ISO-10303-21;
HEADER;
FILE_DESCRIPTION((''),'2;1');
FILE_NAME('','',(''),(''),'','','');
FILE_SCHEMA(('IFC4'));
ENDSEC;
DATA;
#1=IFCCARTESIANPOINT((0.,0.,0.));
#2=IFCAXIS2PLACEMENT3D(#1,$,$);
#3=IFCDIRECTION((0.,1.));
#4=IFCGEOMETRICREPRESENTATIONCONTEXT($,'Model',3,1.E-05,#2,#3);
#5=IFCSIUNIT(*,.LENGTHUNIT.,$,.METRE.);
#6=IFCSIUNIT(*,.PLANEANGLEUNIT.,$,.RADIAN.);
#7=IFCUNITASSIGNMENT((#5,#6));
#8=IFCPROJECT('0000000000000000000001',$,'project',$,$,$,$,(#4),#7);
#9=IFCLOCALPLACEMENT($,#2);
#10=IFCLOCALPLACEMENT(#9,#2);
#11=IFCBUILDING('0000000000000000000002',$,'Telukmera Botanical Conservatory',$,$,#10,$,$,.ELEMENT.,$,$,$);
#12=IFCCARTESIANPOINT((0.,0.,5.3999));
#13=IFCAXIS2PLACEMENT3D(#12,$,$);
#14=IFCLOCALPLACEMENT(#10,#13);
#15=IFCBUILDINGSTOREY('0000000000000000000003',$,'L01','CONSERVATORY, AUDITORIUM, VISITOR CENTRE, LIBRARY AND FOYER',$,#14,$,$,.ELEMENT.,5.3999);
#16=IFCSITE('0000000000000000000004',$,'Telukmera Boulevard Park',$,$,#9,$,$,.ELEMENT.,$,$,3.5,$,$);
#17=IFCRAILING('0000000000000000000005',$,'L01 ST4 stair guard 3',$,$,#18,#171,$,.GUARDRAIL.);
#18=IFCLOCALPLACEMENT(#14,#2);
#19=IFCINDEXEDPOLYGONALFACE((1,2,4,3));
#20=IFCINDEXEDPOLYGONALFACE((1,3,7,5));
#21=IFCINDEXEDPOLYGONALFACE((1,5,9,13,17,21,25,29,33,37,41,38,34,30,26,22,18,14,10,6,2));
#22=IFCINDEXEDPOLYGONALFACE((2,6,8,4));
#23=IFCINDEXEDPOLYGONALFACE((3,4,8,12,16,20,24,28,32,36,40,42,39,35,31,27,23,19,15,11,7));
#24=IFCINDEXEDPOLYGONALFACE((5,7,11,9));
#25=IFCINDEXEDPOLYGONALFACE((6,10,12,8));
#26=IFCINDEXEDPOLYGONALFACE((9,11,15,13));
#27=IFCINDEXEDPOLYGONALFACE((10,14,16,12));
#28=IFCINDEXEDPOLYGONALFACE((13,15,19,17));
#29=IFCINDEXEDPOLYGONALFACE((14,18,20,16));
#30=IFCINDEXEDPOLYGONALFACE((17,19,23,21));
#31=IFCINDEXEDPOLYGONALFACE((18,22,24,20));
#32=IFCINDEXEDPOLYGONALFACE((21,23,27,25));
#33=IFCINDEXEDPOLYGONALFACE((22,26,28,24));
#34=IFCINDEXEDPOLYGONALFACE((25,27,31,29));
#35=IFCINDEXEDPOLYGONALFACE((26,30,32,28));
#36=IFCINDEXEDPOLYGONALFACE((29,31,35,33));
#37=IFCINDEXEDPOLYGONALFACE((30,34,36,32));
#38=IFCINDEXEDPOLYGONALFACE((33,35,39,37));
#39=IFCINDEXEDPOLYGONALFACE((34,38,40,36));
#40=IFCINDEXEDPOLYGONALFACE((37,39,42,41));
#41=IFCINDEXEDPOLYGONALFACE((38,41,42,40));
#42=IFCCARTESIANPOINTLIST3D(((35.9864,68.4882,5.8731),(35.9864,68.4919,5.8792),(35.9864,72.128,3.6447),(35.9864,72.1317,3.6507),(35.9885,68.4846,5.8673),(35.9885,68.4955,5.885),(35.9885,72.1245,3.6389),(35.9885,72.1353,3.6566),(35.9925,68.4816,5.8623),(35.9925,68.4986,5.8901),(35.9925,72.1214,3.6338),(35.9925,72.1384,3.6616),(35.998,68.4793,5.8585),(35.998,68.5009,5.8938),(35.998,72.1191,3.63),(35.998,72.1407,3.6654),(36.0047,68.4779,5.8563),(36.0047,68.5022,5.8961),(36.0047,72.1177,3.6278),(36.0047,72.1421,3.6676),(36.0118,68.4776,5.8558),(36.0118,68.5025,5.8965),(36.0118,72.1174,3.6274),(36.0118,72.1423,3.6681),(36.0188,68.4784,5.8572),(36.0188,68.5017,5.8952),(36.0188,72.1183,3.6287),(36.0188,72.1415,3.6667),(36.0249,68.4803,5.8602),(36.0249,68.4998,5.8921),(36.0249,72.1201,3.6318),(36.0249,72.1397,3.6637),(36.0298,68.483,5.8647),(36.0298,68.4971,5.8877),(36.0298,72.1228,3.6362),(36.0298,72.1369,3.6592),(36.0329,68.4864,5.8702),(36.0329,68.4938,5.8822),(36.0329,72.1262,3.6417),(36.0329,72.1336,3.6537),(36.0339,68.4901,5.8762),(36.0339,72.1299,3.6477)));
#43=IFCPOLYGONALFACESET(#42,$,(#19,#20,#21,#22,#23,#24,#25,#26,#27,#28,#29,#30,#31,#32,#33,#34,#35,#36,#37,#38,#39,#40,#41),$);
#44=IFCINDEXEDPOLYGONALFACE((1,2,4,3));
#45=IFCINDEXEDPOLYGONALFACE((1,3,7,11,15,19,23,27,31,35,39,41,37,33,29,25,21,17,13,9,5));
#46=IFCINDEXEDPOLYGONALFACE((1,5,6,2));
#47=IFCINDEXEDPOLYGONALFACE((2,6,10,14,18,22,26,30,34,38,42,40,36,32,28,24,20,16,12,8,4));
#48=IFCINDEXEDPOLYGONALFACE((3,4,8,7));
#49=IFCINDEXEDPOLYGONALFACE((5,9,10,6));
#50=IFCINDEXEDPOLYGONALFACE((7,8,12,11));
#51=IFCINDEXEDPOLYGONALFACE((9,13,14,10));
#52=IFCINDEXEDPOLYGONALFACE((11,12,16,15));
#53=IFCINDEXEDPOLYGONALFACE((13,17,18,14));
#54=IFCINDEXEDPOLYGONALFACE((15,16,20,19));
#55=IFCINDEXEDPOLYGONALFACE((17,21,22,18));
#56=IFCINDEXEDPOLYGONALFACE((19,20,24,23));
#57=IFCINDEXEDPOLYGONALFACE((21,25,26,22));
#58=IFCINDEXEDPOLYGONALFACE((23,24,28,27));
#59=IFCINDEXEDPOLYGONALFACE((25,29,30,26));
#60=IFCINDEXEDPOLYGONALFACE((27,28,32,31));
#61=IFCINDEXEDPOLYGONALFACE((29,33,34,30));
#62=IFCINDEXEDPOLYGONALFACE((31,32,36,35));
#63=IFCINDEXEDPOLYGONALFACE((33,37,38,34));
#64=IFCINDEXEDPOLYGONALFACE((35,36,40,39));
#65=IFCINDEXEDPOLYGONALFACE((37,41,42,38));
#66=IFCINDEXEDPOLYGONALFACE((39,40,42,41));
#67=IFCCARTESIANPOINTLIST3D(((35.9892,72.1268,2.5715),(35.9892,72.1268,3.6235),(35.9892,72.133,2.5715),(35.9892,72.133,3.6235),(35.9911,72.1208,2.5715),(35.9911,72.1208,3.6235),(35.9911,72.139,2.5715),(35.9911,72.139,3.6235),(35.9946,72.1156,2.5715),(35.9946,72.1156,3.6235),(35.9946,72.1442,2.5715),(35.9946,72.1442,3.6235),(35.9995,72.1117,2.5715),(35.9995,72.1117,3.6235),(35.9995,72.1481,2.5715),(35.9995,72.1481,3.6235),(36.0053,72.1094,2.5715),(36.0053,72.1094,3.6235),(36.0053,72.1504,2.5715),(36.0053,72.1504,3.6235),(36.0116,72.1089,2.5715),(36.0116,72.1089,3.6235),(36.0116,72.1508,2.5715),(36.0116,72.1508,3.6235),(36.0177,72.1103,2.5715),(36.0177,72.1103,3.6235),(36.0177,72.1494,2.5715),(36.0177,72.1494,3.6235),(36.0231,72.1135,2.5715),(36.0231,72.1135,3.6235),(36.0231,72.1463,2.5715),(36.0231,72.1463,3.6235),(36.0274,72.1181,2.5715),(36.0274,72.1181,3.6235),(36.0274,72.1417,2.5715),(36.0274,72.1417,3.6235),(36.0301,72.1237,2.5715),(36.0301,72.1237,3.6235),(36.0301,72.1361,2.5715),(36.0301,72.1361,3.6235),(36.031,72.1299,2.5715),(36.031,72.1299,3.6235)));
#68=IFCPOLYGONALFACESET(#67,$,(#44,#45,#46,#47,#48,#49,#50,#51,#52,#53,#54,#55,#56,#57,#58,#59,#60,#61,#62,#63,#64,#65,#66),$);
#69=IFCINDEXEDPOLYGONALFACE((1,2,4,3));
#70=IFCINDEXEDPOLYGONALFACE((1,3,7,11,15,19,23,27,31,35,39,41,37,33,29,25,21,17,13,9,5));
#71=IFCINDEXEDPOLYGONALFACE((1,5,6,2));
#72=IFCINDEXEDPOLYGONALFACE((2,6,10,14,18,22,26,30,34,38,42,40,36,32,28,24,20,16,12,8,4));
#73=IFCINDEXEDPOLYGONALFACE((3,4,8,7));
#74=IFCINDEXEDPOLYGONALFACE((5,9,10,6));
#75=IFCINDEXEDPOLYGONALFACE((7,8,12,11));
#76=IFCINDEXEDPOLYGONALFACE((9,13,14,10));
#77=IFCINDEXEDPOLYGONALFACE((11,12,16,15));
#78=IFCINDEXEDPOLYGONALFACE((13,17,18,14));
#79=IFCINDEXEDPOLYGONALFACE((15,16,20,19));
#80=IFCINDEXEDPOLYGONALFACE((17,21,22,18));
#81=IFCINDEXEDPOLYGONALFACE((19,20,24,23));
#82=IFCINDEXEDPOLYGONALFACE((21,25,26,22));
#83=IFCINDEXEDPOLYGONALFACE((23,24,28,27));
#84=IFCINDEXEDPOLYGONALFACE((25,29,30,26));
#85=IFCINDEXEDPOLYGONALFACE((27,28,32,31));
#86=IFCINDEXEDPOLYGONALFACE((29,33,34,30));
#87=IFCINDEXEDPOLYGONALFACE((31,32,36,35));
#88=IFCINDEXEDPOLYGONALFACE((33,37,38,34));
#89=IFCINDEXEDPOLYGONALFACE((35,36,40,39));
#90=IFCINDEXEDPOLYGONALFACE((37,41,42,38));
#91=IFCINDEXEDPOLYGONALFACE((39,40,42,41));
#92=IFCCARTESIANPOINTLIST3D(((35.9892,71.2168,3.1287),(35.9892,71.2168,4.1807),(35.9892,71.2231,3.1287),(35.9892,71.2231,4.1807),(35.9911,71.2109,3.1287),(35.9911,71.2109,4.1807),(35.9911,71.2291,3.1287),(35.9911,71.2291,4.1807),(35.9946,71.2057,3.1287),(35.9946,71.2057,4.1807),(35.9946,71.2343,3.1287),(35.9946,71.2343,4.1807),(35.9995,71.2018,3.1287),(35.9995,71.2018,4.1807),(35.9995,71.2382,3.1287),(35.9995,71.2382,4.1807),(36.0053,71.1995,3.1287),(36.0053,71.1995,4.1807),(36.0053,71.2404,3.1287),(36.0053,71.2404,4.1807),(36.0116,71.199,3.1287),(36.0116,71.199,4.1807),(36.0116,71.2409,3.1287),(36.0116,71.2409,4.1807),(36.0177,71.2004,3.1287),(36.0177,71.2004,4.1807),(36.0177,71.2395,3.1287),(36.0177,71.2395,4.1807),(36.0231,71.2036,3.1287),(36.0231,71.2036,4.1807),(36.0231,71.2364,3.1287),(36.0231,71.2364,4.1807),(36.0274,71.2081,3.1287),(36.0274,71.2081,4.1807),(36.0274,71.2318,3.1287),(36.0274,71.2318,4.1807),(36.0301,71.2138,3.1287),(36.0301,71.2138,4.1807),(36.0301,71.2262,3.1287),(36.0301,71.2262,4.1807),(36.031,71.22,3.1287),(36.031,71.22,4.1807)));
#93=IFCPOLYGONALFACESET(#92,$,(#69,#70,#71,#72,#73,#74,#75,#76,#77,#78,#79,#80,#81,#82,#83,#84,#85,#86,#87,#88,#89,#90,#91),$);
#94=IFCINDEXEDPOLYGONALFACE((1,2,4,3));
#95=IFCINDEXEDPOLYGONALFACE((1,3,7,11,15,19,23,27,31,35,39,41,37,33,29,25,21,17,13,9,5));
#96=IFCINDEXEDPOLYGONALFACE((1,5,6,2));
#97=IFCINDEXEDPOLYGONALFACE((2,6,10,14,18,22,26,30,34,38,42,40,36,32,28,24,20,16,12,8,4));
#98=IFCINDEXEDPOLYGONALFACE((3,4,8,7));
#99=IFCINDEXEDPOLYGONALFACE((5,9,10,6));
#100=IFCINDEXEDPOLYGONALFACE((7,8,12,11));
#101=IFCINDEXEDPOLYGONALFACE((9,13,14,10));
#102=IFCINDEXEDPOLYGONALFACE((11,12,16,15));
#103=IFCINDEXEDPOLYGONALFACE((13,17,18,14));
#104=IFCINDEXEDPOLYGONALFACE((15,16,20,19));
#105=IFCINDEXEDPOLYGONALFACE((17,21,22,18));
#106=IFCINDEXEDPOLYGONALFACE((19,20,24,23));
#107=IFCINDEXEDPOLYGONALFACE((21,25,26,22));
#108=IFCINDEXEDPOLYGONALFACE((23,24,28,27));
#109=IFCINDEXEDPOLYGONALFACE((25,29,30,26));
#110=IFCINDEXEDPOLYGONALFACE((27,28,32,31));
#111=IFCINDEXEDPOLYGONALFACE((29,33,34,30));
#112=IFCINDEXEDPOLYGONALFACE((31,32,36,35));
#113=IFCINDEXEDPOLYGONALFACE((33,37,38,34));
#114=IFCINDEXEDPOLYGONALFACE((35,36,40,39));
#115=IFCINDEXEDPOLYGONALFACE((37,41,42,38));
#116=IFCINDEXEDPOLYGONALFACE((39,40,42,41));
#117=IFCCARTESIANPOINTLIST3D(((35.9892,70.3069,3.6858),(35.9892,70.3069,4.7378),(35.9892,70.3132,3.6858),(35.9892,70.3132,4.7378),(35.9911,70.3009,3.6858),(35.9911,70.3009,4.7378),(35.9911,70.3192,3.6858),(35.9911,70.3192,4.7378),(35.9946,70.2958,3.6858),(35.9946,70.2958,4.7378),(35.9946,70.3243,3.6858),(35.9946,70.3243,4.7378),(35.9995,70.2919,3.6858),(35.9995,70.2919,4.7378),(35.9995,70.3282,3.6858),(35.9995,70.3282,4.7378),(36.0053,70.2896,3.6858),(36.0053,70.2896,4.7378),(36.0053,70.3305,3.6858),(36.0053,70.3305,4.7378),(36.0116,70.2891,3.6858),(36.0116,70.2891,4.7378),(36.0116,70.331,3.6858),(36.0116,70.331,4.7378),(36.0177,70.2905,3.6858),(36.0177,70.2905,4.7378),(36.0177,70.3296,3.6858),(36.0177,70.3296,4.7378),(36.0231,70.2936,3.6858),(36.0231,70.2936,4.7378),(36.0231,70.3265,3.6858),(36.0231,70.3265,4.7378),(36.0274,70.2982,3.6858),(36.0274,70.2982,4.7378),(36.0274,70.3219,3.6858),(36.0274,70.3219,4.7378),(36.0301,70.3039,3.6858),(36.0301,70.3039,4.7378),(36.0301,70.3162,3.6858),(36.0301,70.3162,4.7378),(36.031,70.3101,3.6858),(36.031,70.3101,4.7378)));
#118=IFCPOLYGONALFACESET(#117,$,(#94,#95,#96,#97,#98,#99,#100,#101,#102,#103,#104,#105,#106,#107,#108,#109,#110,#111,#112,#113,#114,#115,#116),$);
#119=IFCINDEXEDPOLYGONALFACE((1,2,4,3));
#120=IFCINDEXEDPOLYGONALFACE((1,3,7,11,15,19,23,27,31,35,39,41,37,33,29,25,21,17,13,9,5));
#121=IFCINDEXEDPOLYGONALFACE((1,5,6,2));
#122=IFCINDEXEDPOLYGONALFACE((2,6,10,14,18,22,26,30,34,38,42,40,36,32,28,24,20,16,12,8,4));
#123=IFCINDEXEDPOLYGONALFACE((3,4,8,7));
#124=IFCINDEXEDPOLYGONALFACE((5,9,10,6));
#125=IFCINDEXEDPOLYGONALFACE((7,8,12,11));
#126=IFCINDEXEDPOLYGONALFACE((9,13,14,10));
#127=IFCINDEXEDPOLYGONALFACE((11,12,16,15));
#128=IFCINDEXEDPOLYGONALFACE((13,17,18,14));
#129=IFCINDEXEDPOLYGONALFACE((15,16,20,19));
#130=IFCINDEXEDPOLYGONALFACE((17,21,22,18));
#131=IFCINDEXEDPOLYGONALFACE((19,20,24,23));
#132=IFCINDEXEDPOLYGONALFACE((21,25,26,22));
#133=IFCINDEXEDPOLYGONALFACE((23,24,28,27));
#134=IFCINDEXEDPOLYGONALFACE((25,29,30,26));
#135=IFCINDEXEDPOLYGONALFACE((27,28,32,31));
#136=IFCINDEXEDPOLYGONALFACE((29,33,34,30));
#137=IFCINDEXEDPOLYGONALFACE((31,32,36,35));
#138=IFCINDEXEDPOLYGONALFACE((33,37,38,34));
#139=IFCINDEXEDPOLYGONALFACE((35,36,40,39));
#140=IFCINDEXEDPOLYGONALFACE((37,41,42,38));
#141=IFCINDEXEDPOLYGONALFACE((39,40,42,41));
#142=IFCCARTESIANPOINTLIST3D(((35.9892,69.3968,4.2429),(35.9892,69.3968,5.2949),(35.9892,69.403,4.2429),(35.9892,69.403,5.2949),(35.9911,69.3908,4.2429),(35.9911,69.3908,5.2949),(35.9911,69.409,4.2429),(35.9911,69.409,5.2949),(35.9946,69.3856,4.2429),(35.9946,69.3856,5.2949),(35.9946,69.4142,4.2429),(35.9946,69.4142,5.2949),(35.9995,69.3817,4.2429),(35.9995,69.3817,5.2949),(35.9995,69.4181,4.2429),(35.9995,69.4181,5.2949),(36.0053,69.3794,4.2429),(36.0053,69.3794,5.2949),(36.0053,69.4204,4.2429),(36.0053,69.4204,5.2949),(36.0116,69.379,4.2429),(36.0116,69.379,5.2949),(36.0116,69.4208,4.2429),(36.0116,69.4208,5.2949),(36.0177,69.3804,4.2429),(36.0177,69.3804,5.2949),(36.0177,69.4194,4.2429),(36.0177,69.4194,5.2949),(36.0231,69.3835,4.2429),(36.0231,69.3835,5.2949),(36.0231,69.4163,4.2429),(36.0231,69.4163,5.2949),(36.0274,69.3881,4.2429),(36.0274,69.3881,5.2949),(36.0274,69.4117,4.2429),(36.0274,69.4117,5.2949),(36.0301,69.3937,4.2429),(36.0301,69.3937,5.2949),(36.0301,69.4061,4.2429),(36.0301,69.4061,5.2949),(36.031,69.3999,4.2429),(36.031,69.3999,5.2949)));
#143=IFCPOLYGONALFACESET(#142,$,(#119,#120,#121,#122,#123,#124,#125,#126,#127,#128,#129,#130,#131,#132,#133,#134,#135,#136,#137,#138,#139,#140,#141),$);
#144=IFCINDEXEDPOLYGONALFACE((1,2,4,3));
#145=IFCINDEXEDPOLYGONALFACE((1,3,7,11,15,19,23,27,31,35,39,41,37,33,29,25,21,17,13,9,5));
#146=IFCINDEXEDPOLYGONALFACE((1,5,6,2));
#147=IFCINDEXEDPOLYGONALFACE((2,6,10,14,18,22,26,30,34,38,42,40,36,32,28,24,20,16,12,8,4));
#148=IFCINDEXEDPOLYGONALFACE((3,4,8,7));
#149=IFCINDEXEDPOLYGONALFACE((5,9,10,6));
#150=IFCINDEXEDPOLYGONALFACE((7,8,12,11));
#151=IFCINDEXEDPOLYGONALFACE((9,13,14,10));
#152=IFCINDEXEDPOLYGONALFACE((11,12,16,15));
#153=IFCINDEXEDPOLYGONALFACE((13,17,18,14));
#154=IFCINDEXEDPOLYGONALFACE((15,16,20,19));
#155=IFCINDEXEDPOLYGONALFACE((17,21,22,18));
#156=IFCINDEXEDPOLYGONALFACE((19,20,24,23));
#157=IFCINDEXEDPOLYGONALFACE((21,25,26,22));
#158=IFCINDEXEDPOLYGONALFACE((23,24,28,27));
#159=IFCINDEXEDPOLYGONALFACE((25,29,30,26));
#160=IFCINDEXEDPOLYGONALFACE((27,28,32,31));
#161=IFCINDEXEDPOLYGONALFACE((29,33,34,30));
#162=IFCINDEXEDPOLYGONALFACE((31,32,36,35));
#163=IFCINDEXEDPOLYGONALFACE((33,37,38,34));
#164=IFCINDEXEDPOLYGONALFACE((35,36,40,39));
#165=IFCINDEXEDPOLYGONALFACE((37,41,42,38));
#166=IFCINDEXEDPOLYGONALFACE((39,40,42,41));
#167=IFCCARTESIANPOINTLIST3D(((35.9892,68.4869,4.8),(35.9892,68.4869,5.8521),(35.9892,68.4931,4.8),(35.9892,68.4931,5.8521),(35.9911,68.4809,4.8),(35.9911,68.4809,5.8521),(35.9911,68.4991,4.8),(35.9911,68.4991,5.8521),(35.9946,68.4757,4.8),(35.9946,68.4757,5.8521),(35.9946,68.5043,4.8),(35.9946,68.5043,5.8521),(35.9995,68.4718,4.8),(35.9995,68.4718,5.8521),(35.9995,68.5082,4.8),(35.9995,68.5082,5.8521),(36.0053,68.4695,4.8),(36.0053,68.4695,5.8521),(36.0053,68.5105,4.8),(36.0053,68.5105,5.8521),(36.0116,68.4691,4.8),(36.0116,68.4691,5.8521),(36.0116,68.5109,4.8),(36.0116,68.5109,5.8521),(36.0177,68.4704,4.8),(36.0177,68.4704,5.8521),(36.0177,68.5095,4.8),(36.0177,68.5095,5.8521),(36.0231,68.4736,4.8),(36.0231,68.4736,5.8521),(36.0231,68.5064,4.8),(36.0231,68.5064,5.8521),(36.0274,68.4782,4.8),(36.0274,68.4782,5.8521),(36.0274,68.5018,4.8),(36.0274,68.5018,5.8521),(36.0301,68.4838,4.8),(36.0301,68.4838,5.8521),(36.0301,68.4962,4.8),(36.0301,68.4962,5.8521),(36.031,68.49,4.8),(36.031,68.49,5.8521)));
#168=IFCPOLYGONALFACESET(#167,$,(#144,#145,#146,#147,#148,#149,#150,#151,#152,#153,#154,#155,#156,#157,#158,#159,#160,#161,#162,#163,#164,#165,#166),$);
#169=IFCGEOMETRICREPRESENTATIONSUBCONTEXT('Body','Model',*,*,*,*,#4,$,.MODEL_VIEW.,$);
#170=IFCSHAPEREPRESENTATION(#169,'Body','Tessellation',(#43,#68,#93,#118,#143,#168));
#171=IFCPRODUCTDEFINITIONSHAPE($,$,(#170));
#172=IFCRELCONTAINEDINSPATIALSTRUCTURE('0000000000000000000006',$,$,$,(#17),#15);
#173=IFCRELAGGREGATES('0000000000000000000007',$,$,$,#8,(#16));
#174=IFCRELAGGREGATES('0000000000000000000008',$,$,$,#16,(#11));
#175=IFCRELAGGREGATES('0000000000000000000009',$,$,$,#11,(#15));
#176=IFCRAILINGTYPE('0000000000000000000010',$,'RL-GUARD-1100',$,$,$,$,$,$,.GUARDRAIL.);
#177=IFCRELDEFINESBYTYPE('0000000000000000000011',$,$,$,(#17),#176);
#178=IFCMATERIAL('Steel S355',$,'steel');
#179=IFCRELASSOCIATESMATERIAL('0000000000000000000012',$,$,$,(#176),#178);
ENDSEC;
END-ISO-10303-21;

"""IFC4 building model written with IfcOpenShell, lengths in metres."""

from ifc_helpers import new_model, si_unit, direction, frame, origin, origin_2d, place, context, subcontext, project, spatial, circle, extrude, material, type_object, element, save


model = new_model("IFC4")

# Units and contexts
model_context = context("Model", 3, precision=1e-05, world=origin(), true_north=direction((0.0, 1.0)))
body_context = subcontext(model_context, "Body", "Model", "MODEL_VIEW")
ifc_project = project(units=[si_unit("LENGTHUNIT", "METRE"), si_unit("PLANEANGLEUNIT", "RADIAN")], contexts=[model_context])

# Site, building, storey
site_placement = place(None, origin())
site = spatial("IfcSite", under=ifc_project, at=site_placement, Name="Telukmera Boulevard Park", CompositionType="ELEMENT", RefElevation=3.5)
building_placement = place(site_placement, origin())
building = spatial("IfcBuilding", under=site, at=building_placement, Name="Telukmera Botanical Conservatory", CompositionType="ELEMENT")
storey_placement = place(building_placement, frame((0.0, 0.0, 5.3999)))
storey = spatial("IfcBuildingStorey", under=building, at=storey_placement, Name="L01", Description="CONSERVATORY, AUDITORIUM, VISITOR CENTRE, LIBRARY AND FOYER", CompositionType="ELEMENT", Elevation=5.3999)

# Railing
ifc_material_1 = material(Name="Steel S355", Category="steel")
railing_type_1 = type_object("IfcRailingType", Name="RL-GUARD-1100", PredefinedType="GUARDRAIL", material=ifc_material_1)
railing_1_placement = place(storey_placement, frame((36.01, 72.1299, 2.5715)))
element("IfcRailing", 1, at=railing_1_placement, inside=storey, type_object=railing_type_1, Name="L01 ST4 stair guard 3", PredefinedType="GUARDRAIL", context=body_context, shape_type="SweptSolid", body=[
    extrude(circle(Radius=0.0239, at=origin_2d()), frame((0.0, 0.0, 1.0762), z_axis=(0.0, -0.85285, 0.522156), x_axis=(1.0, 0.0, 0.0)), (0.0, 0.0, 1.0), 4.2678),
    extrude(circle(Radius=0.021, at=origin_2d()), origin(), (0.0, 0.0, 1.0), 1.052),
    extrude(circle(Radius=0.021, at=origin_2d()), frame((0.0, -0.9099, 0.5571)), (0.0, 0.0, 1.0), 1.052),
    extrude(circle(Radius=0.021, at=origin_2d()), frame((0.0, -1.8198, 1.1143)), (0.0, 0.0, 1.0), 1.052),
    extrude(circle(Radius=0.021, at=origin_2d()), frame((0.0, -2.73, 1.6714)), (0.0, 0.0, 1.0), 1.052),
    extrude(circle(Radius=0.021, at=origin_2d()), frame((0.0, -3.6399, 2.2285)), (0.0, 0.0, 1.0), 1.052),
])

save(model, "model.ifc")
